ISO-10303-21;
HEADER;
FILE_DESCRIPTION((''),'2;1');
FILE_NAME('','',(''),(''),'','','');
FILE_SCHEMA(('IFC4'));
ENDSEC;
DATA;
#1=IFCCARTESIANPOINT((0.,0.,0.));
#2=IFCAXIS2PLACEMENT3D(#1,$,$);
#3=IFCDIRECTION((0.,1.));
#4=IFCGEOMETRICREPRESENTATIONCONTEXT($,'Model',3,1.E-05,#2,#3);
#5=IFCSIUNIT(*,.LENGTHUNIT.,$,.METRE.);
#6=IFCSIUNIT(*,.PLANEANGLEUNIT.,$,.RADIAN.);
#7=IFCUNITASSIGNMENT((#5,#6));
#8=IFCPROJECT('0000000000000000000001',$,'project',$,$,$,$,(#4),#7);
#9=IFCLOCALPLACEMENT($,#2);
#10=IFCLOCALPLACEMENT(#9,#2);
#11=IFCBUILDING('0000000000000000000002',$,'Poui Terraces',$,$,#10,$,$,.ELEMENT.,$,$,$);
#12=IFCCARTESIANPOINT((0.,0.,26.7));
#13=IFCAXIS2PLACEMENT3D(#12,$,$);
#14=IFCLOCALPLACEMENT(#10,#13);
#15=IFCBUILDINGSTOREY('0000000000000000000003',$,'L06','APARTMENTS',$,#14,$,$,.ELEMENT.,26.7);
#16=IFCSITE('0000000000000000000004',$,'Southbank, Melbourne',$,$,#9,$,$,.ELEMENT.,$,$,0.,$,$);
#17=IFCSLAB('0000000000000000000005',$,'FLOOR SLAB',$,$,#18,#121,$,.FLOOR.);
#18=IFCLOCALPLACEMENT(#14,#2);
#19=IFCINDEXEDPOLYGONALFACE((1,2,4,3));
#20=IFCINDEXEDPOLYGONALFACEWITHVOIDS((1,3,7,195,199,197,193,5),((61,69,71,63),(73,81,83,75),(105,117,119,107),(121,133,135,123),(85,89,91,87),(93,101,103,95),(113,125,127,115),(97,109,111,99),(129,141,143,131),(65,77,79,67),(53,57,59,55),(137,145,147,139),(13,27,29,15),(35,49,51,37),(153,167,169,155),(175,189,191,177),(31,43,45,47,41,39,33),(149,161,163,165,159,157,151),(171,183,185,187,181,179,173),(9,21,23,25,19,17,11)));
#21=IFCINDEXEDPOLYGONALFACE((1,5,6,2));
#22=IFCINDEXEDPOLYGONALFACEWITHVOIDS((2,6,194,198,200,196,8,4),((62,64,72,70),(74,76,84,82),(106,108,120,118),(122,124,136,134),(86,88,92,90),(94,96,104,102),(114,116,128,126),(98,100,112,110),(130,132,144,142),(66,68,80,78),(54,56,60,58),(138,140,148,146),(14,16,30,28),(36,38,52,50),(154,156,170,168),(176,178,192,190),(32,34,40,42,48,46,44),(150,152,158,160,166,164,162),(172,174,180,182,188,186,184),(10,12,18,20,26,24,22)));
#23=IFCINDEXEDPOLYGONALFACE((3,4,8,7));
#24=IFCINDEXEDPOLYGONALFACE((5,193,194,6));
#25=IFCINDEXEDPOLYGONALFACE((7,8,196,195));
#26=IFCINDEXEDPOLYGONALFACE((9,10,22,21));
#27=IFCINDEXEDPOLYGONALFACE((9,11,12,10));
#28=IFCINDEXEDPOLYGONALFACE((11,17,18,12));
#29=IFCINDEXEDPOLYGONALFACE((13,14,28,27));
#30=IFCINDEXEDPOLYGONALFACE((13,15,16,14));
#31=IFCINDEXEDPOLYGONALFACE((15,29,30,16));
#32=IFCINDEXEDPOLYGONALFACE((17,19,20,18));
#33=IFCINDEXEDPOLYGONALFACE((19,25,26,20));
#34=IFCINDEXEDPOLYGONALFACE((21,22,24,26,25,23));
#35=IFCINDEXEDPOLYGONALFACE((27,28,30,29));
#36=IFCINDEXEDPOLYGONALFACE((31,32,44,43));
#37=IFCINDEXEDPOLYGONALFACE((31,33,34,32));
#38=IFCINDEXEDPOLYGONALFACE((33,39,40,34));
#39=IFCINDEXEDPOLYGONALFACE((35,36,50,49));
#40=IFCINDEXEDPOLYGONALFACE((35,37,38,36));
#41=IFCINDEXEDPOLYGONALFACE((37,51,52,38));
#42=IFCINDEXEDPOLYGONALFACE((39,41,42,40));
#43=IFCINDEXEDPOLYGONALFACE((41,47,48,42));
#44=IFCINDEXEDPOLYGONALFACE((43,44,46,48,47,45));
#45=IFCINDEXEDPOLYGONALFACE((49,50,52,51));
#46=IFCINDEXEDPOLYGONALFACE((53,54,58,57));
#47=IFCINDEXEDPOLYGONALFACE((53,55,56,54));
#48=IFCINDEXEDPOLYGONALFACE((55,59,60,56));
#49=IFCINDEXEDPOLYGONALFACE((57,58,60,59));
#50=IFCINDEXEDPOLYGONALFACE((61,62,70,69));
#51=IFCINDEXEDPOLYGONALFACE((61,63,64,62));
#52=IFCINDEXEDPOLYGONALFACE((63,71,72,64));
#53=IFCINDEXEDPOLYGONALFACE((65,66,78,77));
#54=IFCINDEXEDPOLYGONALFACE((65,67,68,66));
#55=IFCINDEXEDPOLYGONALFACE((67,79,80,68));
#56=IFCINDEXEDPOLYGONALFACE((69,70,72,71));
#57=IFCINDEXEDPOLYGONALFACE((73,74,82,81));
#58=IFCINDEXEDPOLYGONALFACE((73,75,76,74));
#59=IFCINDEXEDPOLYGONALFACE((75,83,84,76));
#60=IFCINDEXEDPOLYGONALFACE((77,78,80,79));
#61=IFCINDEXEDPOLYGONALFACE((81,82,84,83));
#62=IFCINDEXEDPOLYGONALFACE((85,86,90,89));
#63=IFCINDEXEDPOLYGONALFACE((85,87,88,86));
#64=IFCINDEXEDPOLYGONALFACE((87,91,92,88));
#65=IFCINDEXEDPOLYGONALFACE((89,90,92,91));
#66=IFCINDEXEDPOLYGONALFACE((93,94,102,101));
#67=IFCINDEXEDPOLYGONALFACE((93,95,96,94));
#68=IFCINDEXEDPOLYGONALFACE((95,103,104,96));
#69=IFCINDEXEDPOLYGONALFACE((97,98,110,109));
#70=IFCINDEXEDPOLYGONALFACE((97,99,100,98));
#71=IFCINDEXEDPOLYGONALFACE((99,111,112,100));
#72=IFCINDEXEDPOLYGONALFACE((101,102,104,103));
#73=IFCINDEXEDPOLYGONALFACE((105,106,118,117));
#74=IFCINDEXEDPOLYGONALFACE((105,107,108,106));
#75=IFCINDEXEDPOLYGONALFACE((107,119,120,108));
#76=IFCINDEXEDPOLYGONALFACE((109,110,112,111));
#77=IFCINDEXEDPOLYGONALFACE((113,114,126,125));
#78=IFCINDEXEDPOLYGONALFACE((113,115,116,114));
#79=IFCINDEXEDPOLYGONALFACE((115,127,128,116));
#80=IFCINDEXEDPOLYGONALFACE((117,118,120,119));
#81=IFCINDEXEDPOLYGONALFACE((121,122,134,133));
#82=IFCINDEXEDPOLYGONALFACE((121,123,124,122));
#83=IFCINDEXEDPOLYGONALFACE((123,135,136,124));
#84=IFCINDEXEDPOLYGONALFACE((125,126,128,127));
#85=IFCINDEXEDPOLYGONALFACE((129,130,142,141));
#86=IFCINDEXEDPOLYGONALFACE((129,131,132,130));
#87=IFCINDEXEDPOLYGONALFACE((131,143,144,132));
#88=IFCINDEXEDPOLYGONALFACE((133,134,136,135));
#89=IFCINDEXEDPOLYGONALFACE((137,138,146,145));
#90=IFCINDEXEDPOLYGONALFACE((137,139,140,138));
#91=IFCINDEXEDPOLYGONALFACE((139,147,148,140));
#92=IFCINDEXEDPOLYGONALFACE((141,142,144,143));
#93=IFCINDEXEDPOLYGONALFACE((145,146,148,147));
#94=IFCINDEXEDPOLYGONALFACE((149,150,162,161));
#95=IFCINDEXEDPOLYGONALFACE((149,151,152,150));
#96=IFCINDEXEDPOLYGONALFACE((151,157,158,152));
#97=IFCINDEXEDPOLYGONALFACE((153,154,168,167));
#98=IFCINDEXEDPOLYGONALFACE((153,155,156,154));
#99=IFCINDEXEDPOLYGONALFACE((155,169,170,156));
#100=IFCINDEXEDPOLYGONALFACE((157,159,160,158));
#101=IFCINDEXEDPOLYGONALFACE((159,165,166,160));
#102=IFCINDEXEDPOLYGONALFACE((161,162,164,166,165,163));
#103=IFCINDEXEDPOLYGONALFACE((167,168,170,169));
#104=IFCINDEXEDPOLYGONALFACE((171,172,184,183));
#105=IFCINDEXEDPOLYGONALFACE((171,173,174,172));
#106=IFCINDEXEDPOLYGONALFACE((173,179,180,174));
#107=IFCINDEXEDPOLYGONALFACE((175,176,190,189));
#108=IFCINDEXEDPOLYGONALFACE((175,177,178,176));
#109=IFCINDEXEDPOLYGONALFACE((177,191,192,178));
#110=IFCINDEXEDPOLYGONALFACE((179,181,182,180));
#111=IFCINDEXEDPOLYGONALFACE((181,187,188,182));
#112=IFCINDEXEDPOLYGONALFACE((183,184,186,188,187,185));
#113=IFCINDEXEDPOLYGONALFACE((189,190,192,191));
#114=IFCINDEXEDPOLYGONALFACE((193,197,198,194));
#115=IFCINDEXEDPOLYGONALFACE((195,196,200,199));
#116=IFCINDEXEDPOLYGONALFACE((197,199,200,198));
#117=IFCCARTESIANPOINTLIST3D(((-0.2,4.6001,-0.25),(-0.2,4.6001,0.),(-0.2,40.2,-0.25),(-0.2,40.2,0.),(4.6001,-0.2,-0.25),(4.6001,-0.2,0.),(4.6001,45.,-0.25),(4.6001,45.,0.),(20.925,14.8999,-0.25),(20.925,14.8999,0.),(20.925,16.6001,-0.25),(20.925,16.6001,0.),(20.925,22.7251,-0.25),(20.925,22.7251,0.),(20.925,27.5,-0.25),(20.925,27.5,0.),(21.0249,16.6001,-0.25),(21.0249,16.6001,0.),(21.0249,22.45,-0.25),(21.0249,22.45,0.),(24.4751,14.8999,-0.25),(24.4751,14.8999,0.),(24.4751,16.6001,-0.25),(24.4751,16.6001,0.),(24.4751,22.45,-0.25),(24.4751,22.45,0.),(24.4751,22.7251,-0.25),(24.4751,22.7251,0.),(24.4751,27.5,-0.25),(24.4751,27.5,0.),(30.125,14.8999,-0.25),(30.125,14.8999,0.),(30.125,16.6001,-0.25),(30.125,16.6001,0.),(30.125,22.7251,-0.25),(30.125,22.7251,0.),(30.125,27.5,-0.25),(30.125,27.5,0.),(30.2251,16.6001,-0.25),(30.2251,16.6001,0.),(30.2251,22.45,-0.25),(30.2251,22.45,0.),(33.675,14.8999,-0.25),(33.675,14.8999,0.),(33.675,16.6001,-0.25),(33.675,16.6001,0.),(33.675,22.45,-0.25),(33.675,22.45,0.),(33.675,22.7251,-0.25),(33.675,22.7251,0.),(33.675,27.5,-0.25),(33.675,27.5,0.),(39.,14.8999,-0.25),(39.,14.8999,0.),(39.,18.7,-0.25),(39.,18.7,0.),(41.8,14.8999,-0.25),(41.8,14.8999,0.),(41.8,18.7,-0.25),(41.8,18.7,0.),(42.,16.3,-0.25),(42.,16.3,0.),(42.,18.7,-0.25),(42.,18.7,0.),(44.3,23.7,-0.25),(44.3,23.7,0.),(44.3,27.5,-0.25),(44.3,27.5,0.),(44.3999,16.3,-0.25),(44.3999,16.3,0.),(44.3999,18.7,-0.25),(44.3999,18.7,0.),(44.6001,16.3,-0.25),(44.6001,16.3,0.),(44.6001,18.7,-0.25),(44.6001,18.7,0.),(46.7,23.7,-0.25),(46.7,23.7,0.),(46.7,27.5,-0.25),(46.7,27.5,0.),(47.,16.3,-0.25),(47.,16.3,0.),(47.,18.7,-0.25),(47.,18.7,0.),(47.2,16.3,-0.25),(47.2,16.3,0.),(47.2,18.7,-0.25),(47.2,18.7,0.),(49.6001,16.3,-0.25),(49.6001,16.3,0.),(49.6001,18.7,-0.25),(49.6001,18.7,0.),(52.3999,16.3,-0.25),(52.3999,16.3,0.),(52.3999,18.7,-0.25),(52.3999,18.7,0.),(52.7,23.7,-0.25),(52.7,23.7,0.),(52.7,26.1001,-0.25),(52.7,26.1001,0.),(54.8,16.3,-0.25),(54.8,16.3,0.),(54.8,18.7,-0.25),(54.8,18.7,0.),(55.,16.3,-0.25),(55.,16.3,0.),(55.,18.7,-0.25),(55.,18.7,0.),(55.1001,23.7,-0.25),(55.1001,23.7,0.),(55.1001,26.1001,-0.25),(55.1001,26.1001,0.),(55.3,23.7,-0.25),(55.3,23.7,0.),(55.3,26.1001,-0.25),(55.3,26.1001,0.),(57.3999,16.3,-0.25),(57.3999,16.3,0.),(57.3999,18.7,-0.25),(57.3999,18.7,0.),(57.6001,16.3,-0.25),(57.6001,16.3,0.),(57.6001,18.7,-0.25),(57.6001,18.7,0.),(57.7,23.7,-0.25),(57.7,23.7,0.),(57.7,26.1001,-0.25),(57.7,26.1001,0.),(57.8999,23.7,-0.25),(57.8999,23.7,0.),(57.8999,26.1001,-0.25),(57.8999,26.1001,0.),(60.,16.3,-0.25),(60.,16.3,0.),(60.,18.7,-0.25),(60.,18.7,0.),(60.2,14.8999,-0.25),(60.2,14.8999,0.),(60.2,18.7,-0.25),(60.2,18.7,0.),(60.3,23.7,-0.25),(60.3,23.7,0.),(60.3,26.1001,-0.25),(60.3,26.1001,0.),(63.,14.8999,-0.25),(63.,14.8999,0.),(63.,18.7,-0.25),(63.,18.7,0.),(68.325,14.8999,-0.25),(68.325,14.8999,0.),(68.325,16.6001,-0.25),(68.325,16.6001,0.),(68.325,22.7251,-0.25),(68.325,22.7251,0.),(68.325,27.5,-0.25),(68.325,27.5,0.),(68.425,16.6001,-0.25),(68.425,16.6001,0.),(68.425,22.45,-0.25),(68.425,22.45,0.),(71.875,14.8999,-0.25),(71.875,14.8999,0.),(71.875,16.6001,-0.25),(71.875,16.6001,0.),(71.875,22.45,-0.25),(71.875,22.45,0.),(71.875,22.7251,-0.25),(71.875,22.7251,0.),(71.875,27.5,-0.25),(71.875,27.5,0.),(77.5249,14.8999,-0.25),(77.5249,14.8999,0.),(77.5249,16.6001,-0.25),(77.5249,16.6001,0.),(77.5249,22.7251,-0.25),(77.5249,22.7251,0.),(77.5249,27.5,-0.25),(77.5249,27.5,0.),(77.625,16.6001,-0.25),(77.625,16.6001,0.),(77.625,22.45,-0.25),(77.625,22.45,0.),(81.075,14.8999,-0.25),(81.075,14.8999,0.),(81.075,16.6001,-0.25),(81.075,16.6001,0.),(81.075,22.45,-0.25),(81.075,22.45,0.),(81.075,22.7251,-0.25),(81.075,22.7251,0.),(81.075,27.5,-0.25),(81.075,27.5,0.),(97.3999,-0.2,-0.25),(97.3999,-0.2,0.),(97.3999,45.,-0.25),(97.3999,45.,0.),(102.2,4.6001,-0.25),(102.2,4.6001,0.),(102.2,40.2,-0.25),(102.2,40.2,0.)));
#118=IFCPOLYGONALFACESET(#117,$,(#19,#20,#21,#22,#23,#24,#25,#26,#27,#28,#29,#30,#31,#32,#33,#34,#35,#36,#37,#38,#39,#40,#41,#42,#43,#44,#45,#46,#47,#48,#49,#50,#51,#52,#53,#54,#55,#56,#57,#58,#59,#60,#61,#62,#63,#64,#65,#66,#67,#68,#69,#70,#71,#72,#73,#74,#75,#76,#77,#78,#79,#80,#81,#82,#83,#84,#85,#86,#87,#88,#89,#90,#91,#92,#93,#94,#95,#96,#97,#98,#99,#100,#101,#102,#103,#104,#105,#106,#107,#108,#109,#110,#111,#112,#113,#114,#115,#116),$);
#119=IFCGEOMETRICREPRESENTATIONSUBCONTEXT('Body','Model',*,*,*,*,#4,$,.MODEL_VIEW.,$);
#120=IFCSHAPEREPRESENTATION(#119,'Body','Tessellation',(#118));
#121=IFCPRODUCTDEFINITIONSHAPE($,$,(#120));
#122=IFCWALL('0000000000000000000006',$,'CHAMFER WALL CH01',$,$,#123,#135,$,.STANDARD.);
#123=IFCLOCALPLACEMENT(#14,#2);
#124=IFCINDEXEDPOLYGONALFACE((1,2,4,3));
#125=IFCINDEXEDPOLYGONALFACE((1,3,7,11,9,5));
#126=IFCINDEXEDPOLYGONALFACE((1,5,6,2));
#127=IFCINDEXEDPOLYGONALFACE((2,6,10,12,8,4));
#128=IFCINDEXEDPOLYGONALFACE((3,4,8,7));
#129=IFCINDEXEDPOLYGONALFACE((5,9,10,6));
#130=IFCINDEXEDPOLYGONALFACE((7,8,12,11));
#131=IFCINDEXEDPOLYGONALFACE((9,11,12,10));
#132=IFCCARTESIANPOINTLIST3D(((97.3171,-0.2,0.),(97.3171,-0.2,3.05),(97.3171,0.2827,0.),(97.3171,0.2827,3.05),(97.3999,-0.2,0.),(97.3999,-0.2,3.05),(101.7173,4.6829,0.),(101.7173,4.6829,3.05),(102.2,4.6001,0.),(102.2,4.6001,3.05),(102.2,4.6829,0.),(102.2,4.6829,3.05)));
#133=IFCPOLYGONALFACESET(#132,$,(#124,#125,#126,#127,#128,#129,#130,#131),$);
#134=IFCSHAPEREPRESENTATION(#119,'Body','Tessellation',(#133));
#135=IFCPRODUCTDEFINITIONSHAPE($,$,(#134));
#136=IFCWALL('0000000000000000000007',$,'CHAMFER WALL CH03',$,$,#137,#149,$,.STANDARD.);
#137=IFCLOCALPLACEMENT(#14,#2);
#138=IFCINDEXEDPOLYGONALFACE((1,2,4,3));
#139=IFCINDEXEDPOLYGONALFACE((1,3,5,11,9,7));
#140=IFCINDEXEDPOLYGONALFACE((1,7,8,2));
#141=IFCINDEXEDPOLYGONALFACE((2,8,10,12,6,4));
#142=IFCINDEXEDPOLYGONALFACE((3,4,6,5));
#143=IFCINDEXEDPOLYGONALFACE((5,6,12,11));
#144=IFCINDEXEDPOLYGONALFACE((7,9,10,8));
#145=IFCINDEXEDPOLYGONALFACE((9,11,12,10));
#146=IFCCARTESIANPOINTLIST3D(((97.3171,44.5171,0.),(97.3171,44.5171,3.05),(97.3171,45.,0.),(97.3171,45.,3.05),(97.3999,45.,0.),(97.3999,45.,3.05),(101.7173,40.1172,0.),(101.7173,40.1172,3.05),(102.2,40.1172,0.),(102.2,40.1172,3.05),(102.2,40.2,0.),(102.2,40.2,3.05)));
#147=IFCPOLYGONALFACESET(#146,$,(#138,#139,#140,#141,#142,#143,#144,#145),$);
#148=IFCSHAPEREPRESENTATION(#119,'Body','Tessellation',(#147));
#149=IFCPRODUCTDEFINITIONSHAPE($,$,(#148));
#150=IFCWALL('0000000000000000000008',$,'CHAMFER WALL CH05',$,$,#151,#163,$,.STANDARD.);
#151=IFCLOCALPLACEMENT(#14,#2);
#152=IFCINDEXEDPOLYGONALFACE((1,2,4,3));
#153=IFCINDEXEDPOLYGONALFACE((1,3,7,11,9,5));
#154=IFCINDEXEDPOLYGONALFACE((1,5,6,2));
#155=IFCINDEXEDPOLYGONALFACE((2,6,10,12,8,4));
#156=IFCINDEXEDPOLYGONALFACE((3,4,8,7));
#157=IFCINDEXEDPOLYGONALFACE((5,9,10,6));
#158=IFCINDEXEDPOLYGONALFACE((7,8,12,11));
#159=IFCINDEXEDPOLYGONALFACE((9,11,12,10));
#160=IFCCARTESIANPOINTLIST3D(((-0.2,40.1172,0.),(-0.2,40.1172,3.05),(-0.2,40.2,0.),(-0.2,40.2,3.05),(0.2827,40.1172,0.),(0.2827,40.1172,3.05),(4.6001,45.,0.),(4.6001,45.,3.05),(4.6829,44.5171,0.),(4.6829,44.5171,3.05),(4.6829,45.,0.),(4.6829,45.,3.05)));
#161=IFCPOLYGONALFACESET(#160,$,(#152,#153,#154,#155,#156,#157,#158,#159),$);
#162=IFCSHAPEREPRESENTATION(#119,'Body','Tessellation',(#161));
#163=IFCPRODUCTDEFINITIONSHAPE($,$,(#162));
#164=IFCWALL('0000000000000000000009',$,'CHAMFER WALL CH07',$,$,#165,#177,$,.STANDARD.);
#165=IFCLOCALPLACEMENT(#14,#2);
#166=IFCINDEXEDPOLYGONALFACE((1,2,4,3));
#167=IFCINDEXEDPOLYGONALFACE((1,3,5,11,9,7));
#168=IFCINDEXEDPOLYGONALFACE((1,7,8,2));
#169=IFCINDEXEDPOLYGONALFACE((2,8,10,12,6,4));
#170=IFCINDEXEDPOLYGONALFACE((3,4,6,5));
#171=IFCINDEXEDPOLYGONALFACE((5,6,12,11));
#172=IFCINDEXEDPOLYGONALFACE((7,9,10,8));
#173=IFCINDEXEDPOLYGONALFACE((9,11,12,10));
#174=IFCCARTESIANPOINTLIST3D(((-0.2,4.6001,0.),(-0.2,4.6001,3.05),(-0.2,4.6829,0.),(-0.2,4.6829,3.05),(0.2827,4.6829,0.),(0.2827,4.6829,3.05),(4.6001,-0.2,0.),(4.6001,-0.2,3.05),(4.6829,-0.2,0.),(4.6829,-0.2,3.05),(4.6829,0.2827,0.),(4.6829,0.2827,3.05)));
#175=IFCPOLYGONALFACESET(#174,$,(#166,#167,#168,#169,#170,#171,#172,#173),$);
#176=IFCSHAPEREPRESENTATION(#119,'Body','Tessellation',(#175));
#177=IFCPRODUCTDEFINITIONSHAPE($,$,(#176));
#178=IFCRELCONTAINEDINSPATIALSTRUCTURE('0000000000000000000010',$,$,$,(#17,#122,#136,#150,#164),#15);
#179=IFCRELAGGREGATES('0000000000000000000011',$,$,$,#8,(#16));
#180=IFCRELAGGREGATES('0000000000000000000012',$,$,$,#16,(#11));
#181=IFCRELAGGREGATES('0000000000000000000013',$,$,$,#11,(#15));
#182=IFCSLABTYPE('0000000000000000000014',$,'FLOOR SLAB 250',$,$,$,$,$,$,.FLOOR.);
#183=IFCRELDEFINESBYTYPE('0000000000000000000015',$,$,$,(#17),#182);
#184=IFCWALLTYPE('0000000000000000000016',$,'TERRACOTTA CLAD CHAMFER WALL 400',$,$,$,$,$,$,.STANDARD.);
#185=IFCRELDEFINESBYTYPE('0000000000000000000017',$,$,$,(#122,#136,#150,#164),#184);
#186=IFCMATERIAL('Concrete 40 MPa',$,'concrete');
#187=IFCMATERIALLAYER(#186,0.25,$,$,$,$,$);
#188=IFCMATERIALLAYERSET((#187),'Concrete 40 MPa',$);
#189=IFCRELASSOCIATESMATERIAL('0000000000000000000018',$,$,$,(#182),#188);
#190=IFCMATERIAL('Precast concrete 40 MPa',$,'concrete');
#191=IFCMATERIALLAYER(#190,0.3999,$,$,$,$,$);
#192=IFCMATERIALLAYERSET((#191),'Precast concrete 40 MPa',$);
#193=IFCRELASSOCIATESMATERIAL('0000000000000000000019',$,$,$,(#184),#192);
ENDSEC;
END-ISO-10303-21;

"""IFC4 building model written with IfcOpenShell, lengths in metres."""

from ifc_helpers import new_model, si_unit, direction, frame, origin, place, context, subcontext, project, spatial, polyline, outline, extrude, source, transform, mapped, material, layer, layer_set, type_object, element, save


model = new_model("IFC4")

# Units and contexts
model_context = context("Model", 3, precision=1e-05, world=origin(), true_north=direction((0.0, 1.0)))
body_context = subcontext(model_context, "Body", "Model", "MODEL_VIEW")
ifc_project = project(units=[si_unit("LENGTHUNIT", "METRE"), si_unit("PLANEANGLEUNIT", "RADIAN")], contexts=[model_context])

# Site, building, storey
site_placement = place(None, origin())
site = spatial("IfcSite", under=ifc_project, at=site_placement, Name="Southbank, Melbourne", CompositionType="ELEMENT", RefElevation=0.0)
building_placement = place(site_placement, origin())
building = spatial("IfcBuilding", under=site, at=building_placement, Name="Poui Terraces", CompositionType="ELEMENT")
storey_placement = place(building_placement, frame((0.0, 0.0, 26.7)))
storey = spatial("IfcBuildingStorey", under=building, at=storey_placement, Name="L06", Description="APARTMENTS", CompositionType="ELEMENT", Elevation=26.7)

# Shared definitions
ifc_material_1 = material(Name="Precast concrete 40 MPa", Category="concrete")

# Slab
ifc_material_2 = material(Name="Concrete 40 MPa", Category="concrete")
ifc_layer_1 = layer(ifc_material_2, 0.25)
ifc_layer_set_1 = layer_set([ifc_layer_1], Name="Concrete 40 MPa")
slab_type_1 = type_object("IfcSlabType", Name="FLOOR SLAB 250", PredefinedType="FLOOR", material=ifc_layer_set_1)
shared_shape = source(origin(), body_context, "Body", "SweptSolid", [
    extrude(outline(polyline([(0.0, 0.0), (4.8, -4.8), (97.5999, -4.8), (102.3999, 0.0), (102.3999, 35.5999), (97.5999, 40.3999), (4.8, 40.3999), (0.0, 35.5999), (0.0, 0.0)]), holes=[polyline([(39.2, 10.2998), (39.2, 14.0999), (42.0, 14.0999), (42.0, 10.2998), (39.2, 10.2998)]), polyline([(42.2, 11.7), (42.2, 14.0999), (44.5999, 14.0999), (44.5999, 11.7), (42.2, 11.7)]), polyline([(44.8, 11.7), (44.8, 14.0999), (47.2, 14.0999), (47.2, 11.7), (44.8, 11.7)]), polyline([(47.3999, 14.0999), (49.8, 14.0999), (49.8, 11.7), (47.3999, 11.7), (47.3999, 14.0999)]), polyline([(52.5999, 14.0999), (55.0, 14.0999), (55.0, 11.7), (52.5999, 11.7), (52.5999, 14.0999)]), polyline([(21.2249, 17.8499), (24.675, 17.8499), (24.675, 12.0), (24.675, 10.2998), (21.125, 10.2998), (21.125, 12.0), (21.2249, 12.0), (21.2249, 17.8499)]), polyline([(30.425, 17.8499), (33.875, 17.8499), (33.875, 12.0), (33.875, 10.2998), (30.325, 10.2998), (30.325, 12.0), (30.425, 12.0), (30.425, 17.8499)]), polyline([(21.125, 18.125), (21.125, 22.8999), (24.675, 22.8999), (24.675, 18.125), (21.125, 18.125)]), polyline([(30.325, 22.8999), (33.875, 22.8999), (33.875, 18.125), (30.325, 18.125), (30.325, 22.8999)]), polyline([(44.5, 22.8999), (46.8999, 22.8999), (46.8999, 19.0999), (44.5, 19.0999), (44.5, 22.8999)]), polyline([(60.3999, 10.2998), (60.3999, 14.0999), (63.2, 14.0999), (63.2, 10.2998), (60.3999, 10.2998)]), polyline([(55.2, 11.7), (55.2, 14.0999), (57.5999, 14.0999), (57.5999, 11.7), (55.2, 11.7)]), polyline([(57.8, 11.7), (57.8, 14.0999), (60.2, 14.0999), (60.2, 11.7), (57.8, 11.7)]), polyline([(72.075, 17.8499), (72.075, 12.0), (72.075, 10.2998), (68.5249, 10.2998), (68.5249, 12.0), (68.625, 12.0), (68.625, 17.8499), (72.075, 17.8499)]), polyline([(81.2749, 17.8499), (81.2749, 12.0), (81.2749, 10.2998), (77.7249, 10.2998), (77.7249, 12.0), (77.825, 12.0), (77.825, 17.8499), (81.2749, 17.8499)]), polyline([(52.8999, 19.0999), (52.8999, 21.5), (55.3, 21.5), (55.3, 19.0999), (52.8999, 19.0999)]), polyline([(55.5, 19.0999), (55.5, 21.5), (57.8999, 21.5), (57.8999, 19.0999), (55.5, 19.0999)]), polyline([(58.0999, 19.0999), (58.0999, 21.5), (60.5, 21.5), (60.5, 19.0999), (58.0999, 19.0999)]), polyline([(68.5249, 22.8999), (72.075, 22.8999), (72.075, 18.125), (68.5249, 18.125), (68.5249, 22.8999)]), polyline([(77.7249, 22.8999), (81.2749, 22.8999), (81.2749, 18.125), (77.7249, 18.125), (77.7249, 22.8999)])]), origin(), (0.0, 0.0, 1.0), 0.25),
])
slab_1_placement = place(storey_placement, frame((-0.2, 4.6001, -0.25)))
element("IfcSlab", 1, at=slab_1_placement, inside=storey, type_object=slab_type_1, Name="FLOOR SLAB", PredefinedType="FLOOR", context=body_context, shape_type="MappedRepresentation", body=[
    mapped(shared_shape, transform((0.0, 0.0, 0.0))),
])

# Walls
ifc_layer_2 = layer(ifc_material_1, 0.3999)
ifc_layer_set_2 = layer_set([ifc_layer_2], Name="Precast concrete 40 MPa")
wall_type = type_object("IfcWallType", Name="TERRACOTTA CLAD CHAMFER WALL 400", PredefinedType="STANDARD", material=ifc_layer_set_2)
wall_1_placement = place(storey_placement, origin())
element("IfcWall", 2, at=wall_1_placement, inside=storey, type_object=wall_type, Name="CHAMFER WALL CH01", PredefinedType="STANDARD", context=body_context, shape_type="SweptSolid", body=[
    extrude(outline(polyline([(97.3171, -0.2), (97.3999, -0.2), (102.2, 4.6001), (102.2, 4.6829), (101.7173, 4.6829), (97.3171, 0.2827), (97.3171, -0.2)])), origin(), (0.0, 0.0, 1.0), 3.05),
])
wall_2_placement = place(storey_placement, origin())
element("IfcWall", 3, at=wall_2_placement, inside=storey, type_object=wall_type, Name="CHAMFER WALL CH03", PredefinedType="STANDARD", context=body_context, shape_type="SweptSolid", body=[
    extrude(outline(polyline([(102.2, 40.1172), (102.2, 40.2), (97.3999, 45.0), (97.3171, 45.0), (97.3171, 44.5171), (101.7173, 40.1172), (102.2, 40.1172)])), origin(), (0.0, 0.0, 1.0), 3.05),
])
wall_3_placement = place(storey_placement, origin())
element("IfcWall", 4, at=wall_3_placement, inside=storey, type_object=wall_type, Name="CHAMFER WALL CH05", PredefinedType="STANDARD", context=body_context, shape_type="SweptSolid", body=[
    extrude(outline(polyline([(4.6829, 45.0), (4.6001, 45.0), (-0.2, 40.2), (-0.2, 40.1172), (0.2827, 40.1172), (4.6829, 44.5171), (4.6829, 45.0)])), origin(), (0.0, 0.0, 1.0), 3.05),
])
wall_4_placement = place(storey_placement, origin())
element("IfcWall", 5, at=wall_4_placement, inside=storey, type_object=wall_type, Name="CHAMFER WALL CH07", PredefinedType="STANDARD", context=body_context, shape_type="SweptSolid", body=[
    extrude(outline(polyline([(-0.2, 4.6829), (-0.2, 4.6001), (4.6001, -0.2), (4.6829, -0.2), (4.6829, 0.2827), (0.2827, 4.6829), (-0.2, 4.6829)])), origin(), (0.0, 0.0, 1.0), 3.05),
])

save(model, "model.ifc")
